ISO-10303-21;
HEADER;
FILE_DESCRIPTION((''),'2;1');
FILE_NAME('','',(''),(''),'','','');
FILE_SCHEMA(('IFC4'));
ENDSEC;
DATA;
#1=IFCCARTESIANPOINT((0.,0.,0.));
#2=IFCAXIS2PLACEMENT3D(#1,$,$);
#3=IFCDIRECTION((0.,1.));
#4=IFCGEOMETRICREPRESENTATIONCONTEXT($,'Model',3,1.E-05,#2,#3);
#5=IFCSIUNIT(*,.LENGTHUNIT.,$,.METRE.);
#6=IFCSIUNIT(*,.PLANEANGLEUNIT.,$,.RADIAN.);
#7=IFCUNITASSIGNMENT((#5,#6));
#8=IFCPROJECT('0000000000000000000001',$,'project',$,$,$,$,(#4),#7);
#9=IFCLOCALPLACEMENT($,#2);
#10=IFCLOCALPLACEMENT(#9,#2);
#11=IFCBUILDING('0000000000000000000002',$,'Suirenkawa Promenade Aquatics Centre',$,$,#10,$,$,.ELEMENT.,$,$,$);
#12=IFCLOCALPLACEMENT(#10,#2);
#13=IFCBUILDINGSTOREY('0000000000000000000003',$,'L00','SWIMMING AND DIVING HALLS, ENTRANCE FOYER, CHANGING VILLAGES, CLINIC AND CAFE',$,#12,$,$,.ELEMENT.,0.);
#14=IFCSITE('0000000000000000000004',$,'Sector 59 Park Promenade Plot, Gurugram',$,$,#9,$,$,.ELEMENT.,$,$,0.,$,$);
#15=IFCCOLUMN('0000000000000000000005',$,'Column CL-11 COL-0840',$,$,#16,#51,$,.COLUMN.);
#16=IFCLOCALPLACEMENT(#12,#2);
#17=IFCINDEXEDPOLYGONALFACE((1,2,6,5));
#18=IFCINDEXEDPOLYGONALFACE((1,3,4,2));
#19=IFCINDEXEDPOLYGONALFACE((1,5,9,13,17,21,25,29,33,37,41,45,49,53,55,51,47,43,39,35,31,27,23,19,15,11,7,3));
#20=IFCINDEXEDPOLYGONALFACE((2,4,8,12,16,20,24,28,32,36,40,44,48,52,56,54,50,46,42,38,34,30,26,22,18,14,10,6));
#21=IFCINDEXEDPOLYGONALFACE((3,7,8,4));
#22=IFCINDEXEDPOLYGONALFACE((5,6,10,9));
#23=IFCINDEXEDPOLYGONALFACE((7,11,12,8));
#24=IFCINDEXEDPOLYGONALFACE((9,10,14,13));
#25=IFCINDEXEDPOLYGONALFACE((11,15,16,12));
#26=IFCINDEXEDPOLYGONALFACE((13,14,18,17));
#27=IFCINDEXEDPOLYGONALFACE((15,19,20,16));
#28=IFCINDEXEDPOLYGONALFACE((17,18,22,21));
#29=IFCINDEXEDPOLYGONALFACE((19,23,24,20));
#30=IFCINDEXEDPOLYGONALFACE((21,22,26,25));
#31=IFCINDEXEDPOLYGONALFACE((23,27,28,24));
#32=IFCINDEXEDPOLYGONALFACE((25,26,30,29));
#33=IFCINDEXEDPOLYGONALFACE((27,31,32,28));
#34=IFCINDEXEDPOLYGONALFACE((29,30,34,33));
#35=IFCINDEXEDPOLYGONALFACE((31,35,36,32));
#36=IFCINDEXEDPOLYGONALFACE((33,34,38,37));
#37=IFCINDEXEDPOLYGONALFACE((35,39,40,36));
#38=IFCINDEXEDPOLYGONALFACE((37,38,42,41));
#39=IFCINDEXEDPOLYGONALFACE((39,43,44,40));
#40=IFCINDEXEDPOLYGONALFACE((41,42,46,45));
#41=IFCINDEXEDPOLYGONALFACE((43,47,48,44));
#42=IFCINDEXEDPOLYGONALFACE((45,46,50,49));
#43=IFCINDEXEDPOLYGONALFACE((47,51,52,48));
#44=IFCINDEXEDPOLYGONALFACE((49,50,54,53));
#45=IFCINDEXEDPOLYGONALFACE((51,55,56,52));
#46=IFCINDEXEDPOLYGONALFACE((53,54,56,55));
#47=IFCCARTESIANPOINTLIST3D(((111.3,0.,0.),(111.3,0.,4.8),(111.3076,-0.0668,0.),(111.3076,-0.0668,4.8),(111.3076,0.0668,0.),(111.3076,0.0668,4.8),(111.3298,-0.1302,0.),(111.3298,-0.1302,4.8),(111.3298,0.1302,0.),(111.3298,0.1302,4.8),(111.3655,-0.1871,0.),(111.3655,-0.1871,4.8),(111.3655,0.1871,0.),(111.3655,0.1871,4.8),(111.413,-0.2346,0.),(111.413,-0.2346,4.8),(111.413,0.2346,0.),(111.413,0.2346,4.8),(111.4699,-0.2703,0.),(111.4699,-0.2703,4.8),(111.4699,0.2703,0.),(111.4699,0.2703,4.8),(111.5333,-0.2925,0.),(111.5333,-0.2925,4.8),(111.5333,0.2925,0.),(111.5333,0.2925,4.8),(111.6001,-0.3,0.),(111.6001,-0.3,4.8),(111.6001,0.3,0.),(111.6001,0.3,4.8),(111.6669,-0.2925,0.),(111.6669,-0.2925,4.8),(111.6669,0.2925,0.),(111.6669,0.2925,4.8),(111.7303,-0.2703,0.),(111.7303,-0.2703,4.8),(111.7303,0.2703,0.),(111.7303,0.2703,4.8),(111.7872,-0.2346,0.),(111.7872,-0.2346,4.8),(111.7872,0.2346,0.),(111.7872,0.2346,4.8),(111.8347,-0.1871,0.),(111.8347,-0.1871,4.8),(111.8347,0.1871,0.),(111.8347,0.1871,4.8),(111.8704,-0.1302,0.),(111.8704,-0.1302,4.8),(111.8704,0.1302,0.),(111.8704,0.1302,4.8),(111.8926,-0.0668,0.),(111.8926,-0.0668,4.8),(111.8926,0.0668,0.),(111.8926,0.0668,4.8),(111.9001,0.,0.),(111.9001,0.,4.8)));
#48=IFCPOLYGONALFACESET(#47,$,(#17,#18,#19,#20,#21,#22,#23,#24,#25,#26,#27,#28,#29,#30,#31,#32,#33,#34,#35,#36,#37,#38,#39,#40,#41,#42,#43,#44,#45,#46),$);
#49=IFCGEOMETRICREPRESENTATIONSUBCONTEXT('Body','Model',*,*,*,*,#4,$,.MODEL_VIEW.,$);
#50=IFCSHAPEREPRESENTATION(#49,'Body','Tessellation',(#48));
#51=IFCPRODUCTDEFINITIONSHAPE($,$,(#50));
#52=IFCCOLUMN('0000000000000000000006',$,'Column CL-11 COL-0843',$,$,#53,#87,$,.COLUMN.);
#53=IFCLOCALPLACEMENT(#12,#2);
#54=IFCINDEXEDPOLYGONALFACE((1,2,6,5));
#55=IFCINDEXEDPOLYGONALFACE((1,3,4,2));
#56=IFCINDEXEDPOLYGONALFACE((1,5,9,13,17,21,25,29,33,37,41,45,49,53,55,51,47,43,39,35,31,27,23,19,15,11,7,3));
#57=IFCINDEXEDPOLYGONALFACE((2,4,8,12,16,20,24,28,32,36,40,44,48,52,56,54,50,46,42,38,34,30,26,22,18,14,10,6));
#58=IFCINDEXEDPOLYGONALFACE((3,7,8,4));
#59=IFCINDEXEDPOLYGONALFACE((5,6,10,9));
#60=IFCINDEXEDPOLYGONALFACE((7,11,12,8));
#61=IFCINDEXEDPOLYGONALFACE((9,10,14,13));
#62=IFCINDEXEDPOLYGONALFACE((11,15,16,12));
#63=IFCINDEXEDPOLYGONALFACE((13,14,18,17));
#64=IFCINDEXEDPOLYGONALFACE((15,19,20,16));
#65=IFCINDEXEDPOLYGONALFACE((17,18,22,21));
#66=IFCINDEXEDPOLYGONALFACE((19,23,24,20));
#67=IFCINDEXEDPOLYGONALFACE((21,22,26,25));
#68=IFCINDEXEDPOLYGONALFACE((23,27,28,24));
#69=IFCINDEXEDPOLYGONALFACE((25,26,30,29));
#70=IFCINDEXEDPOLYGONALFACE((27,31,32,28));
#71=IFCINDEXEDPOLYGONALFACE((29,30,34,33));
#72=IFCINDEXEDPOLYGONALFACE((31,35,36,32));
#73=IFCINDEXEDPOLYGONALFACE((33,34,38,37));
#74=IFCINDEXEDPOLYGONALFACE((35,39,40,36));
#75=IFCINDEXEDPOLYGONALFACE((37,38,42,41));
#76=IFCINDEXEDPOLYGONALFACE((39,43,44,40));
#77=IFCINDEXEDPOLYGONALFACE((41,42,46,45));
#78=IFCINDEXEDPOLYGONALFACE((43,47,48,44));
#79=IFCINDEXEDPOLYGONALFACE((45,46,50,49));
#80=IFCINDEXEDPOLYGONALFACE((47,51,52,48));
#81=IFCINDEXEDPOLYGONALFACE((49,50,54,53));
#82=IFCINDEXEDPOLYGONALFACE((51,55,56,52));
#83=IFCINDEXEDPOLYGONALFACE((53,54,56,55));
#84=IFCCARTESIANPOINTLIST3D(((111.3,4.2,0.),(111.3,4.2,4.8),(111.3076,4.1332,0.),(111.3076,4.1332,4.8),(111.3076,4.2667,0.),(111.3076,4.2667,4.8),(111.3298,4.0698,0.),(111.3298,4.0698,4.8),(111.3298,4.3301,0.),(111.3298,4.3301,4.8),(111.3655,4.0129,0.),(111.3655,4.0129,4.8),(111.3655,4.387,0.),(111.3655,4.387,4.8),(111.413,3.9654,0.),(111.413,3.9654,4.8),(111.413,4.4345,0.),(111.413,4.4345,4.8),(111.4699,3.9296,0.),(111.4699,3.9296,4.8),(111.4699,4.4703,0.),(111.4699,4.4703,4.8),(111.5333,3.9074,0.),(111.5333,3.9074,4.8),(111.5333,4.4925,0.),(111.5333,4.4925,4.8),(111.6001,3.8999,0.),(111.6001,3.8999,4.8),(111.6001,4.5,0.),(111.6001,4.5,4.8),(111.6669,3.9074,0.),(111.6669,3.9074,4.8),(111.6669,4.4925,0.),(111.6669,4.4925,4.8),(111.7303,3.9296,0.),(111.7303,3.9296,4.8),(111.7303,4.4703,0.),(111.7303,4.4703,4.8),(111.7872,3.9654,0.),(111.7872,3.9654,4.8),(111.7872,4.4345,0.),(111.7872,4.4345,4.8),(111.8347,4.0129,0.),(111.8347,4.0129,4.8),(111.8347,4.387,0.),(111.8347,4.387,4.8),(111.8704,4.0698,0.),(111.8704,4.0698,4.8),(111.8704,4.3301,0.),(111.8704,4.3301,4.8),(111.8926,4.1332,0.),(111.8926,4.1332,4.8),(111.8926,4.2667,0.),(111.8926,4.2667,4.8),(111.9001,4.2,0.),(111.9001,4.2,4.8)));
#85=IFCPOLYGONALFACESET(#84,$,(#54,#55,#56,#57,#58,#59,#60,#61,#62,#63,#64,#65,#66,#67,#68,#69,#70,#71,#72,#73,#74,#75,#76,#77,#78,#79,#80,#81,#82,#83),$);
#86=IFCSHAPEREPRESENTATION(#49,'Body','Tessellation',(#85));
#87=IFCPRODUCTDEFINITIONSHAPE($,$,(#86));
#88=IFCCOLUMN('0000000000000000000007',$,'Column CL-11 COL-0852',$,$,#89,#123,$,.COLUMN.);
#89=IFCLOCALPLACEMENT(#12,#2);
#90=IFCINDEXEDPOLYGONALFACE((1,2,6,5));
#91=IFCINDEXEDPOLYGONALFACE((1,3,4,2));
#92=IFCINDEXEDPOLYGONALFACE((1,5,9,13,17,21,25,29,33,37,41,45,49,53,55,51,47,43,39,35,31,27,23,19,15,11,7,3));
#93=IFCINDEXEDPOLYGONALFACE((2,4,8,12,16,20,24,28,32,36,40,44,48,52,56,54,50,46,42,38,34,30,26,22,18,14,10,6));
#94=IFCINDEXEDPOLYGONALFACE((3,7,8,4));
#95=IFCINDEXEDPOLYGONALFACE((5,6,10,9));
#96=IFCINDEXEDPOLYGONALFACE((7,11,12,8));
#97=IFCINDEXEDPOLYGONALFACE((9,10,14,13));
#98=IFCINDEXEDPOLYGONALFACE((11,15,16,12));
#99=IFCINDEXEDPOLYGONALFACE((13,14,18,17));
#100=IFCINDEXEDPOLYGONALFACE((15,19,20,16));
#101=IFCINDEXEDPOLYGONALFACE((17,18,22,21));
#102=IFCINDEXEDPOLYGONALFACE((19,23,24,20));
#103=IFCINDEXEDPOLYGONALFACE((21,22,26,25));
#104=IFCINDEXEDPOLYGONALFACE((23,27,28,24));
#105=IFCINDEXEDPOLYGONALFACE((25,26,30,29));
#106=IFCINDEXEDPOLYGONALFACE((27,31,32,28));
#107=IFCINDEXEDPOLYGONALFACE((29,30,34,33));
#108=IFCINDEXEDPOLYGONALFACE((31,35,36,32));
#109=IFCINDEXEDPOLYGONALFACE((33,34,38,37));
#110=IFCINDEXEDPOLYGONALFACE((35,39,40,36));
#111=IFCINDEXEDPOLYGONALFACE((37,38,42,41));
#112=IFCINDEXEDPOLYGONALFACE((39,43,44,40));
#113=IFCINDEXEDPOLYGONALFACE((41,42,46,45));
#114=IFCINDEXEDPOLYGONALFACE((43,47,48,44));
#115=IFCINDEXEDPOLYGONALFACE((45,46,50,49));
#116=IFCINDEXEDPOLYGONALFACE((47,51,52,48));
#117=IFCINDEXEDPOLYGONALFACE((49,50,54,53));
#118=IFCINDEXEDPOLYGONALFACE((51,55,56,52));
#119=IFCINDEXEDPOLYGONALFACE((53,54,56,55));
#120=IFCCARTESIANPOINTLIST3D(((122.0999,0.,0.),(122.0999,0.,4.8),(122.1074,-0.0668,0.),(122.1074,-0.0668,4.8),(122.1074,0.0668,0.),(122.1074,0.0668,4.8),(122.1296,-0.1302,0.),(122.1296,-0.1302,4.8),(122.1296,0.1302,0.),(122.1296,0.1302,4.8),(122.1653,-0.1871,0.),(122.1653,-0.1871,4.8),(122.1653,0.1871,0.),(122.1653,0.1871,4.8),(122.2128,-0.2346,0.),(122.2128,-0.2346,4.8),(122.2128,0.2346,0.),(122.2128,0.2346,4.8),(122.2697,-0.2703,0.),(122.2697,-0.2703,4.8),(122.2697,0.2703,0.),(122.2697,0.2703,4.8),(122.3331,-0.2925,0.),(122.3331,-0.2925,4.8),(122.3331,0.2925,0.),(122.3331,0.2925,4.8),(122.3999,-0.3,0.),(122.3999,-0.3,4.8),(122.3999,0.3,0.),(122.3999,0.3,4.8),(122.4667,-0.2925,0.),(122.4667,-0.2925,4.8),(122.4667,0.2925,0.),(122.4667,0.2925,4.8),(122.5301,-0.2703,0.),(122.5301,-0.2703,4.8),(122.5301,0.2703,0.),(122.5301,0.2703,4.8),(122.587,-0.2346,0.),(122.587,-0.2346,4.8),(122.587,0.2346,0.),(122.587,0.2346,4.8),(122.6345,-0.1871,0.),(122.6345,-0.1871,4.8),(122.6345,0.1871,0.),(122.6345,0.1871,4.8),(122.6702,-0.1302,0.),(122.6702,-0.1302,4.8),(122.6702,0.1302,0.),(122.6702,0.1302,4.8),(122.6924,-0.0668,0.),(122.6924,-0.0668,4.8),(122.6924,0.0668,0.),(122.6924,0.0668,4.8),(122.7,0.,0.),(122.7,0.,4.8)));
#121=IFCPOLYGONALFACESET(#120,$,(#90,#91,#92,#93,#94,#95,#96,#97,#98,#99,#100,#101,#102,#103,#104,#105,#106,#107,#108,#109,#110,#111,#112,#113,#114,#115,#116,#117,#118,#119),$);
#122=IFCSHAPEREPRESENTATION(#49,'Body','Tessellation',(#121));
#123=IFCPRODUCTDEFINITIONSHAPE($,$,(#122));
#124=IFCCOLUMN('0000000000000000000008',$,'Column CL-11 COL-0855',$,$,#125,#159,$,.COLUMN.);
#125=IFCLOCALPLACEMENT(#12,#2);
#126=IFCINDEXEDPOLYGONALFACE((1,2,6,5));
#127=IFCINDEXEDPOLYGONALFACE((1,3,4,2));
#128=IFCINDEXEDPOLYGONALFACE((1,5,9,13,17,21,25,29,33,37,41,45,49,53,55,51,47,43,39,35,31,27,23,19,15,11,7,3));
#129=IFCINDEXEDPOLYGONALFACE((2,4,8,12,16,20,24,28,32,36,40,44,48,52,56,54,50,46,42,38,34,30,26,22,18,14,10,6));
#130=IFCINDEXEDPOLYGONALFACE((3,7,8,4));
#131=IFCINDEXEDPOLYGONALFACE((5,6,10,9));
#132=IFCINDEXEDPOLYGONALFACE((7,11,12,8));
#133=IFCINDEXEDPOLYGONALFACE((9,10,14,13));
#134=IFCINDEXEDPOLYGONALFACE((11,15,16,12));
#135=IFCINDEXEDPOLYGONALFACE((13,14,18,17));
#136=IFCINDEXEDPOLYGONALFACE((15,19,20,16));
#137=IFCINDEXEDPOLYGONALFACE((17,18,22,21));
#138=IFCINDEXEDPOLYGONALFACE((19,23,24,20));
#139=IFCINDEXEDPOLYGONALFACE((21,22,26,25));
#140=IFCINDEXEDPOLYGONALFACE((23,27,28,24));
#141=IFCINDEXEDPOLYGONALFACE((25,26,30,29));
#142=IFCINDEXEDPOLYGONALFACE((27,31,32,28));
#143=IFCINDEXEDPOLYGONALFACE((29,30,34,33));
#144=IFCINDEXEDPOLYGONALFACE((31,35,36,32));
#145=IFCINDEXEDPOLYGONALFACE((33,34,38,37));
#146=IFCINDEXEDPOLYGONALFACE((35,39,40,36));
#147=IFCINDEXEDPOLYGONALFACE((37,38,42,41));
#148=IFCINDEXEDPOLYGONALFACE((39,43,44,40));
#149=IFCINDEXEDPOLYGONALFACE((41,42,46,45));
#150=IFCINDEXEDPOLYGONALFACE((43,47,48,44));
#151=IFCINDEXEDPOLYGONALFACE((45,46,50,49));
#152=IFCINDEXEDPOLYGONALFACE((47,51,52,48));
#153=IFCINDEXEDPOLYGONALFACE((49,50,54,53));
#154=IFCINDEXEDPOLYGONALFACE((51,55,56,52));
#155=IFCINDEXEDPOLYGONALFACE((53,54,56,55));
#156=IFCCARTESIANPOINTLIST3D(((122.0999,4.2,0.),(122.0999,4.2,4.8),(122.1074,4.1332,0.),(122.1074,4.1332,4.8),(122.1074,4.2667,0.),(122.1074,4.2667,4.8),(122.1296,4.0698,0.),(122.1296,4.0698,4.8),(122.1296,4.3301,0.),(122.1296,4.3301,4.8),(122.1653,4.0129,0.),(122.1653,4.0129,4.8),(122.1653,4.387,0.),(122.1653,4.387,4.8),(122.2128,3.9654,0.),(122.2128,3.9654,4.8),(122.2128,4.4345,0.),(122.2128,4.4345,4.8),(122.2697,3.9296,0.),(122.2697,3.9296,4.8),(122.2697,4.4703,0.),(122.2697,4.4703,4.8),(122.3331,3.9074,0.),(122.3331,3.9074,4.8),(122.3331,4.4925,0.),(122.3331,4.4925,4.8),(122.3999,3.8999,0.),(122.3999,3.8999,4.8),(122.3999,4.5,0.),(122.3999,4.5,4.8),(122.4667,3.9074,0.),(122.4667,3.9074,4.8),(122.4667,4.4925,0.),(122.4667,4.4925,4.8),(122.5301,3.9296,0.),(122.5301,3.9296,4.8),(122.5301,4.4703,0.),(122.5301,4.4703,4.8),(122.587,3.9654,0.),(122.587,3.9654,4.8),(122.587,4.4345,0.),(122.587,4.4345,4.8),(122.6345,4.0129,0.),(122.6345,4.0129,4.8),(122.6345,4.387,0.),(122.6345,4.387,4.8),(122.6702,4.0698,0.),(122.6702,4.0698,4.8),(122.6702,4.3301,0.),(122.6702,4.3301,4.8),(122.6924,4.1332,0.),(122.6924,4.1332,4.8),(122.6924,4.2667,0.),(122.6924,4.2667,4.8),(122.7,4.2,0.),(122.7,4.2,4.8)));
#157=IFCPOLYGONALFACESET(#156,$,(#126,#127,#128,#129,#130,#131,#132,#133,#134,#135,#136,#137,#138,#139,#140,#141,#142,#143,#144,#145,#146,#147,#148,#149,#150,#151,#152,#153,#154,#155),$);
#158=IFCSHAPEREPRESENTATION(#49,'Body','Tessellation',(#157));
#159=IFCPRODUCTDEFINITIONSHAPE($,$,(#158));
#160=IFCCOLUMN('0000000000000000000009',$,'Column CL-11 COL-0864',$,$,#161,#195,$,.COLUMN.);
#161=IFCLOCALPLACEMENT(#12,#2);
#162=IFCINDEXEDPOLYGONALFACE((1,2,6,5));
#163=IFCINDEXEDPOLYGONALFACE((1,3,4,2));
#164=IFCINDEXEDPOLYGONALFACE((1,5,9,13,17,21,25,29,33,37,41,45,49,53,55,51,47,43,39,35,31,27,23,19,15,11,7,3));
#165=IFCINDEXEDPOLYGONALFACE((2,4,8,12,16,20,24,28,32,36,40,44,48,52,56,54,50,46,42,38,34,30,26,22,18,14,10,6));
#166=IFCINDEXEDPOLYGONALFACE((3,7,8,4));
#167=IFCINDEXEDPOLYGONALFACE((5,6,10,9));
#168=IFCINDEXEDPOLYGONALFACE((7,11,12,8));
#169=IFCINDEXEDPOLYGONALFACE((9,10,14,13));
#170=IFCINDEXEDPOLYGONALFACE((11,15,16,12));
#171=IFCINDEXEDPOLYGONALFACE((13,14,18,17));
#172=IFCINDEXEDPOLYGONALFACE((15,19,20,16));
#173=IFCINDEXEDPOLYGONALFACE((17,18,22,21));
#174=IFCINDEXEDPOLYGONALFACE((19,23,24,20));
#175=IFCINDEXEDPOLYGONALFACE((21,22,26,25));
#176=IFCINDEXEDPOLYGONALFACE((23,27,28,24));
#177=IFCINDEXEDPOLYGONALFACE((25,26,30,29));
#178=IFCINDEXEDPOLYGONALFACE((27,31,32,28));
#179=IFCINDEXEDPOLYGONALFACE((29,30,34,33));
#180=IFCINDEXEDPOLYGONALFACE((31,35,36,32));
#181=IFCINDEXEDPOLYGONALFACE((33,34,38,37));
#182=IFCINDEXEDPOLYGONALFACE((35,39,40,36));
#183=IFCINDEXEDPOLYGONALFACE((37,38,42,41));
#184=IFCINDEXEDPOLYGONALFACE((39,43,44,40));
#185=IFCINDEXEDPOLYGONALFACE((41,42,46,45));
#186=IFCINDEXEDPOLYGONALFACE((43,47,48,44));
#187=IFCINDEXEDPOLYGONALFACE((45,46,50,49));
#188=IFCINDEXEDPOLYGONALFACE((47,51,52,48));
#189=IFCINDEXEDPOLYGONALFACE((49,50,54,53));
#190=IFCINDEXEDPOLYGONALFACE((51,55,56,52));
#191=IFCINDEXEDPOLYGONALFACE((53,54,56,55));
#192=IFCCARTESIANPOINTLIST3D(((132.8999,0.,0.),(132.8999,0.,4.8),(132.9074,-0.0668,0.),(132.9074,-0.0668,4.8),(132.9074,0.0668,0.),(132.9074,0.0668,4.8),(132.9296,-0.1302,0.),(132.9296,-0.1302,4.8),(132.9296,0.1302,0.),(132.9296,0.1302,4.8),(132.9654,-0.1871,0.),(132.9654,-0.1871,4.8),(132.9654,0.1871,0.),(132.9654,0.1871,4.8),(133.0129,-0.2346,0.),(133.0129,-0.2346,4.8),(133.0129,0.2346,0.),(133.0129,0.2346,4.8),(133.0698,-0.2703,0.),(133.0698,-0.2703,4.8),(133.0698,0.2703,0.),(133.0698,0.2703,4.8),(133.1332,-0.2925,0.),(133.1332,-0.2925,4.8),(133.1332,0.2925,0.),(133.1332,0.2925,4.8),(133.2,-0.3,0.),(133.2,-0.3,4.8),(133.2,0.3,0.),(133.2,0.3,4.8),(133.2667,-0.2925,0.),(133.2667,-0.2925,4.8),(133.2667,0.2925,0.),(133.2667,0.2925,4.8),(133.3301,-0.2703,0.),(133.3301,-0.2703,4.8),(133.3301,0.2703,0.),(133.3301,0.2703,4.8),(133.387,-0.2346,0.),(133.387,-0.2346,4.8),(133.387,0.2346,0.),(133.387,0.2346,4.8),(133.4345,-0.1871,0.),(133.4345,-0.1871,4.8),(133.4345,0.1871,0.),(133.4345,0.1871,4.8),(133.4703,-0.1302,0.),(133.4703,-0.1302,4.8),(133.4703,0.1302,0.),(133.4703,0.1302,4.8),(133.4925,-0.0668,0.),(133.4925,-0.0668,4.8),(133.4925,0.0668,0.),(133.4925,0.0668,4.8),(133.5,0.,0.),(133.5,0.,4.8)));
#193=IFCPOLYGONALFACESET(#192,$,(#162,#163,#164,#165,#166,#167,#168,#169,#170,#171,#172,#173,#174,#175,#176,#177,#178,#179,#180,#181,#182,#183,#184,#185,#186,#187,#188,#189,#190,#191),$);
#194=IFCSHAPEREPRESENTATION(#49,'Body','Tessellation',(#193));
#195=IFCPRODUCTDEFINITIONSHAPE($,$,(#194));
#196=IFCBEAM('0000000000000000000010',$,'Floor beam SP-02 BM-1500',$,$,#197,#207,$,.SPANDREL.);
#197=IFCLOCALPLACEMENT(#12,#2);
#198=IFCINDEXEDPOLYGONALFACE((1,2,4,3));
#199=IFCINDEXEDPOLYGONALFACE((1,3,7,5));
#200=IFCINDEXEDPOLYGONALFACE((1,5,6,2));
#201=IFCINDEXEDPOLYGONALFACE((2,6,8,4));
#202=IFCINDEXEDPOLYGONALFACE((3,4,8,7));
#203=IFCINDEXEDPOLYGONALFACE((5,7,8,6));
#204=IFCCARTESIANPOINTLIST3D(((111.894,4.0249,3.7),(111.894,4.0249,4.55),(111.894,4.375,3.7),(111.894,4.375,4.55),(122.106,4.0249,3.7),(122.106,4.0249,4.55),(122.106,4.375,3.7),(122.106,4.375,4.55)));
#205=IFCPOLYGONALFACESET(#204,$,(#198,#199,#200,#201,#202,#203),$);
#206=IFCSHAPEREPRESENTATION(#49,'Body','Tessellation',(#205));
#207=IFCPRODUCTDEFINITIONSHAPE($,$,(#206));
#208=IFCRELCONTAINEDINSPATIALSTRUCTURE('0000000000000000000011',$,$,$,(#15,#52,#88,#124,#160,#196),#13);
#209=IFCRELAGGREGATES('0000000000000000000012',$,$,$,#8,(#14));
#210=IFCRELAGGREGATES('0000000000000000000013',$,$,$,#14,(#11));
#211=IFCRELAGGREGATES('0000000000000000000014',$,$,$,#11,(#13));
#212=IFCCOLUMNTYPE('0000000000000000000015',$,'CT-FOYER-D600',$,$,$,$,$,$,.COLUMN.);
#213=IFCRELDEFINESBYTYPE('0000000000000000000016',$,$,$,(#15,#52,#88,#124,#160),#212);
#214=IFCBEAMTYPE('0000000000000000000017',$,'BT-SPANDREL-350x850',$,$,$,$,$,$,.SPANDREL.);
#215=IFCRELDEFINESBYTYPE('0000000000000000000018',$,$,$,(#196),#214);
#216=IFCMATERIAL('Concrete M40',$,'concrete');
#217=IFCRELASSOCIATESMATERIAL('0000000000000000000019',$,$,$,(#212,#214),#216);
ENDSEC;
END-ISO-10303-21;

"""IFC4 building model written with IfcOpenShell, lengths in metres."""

from ifc_helpers import new_model, si_unit, direction, frame, origin, origin_2d, place, context, subcontext, project, spatial, rectangle, circle, extrude, material, material_profile, profile_set, type_object, element, save


model = new_model("IFC4")

# Units and contexts
model_context = context("Model", 3, precision=1e-05, world=origin(), true_north=direction((0.0, 1.0)))
body_context = subcontext(model_context, "Body", "Model", "MODEL_VIEW")
ifc_project = project(units=[si_unit("LENGTHUNIT", "METRE"), si_unit("PLANEANGLEUNIT", "RADIAN")], contexts=[model_context])

# Site, building, storey
site_placement = place(None, origin())
site = spatial("IfcSite", under=ifc_project, at=site_placement, Name="Sector 59 Park Promenade Plot, Gurugram", CompositionType="ELEMENT", RefElevation=0.0)
building_placement = place(site_placement, origin())
building = spatial("IfcBuilding", under=site, at=building_placement, Name="Suirenkawa Promenade Aquatics Centre", CompositionType="ELEMENT")
storey_placement = place(building_placement, origin())
storey = spatial("IfcBuildingStorey", under=building, at=storey_placement, Name="L00", Description="SWIMMING AND DIVING HALLS, ENTRANCE FOYER, CHANGING VILLAGES, CLINIC AND CAFE", CompositionType="ELEMENT", Elevation=0.0)

# Columns
ifc_material_1 = material(Name="Concrete M40", Category="concrete")
ifc_material_profile_1 = material_profile(ifc_material_1, circle(Radius=0.3, at=origin_2d()), Name="RC FOYER D600", Category="concrete")
ifc_profile_set_1 = profile_set([ifc_material_profile_1], Name="Concrete M40")
column_type = type_object("IfcColumnType", Name="CT-FOYER-D600", PredefinedType="COLUMN", material=ifc_profile_set_1)
for number, where, z_axis, x_axis, name in (
    (1, (111.6001, 0.0, 0.0), (0.0, 0.0, 1.0), (1.0, 0.0, 0.0), "Column CL-11 COL-0840"),
    (2, (111.6001, 4.2, 0.0), (0.0, 0.0, 1.0), (1.0, 0.0, 0.0), "Column CL-11 COL-0843"),
    (3, (122.3999, 0.0, 0.0), (0.0, 0.0, 1.0), (1.0, 0.0, 0.0), "Column CL-11 COL-0852"),
    (4, (122.3999, 4.2, 0.0), (0.0, 0.0, 1.0), (1.0, 0.0, 0.0), "Column CL-11 COL-0855"),
    (5, (133.2, 0.0, 0.0), (0.0, 0.0, 1.0), (1.0, 0.0, 0.0), "Column CL-11 COL-0864"),
):
    element("IfcColumn", number, at=place(storey_placement, frame(where, z_axis=z_axis, x_axis=x_axis)), inside=storey, type_object=column_type, Name=name, PredefinedType="COLUMN", context=body_context, shape_type="SweptSolid", body=[
        extrude(circle(Radius=0.3, at=origin_2d()), origin(), (0.0, 0.0, 1.0), 4.8),
    ])

# Beam
ifc_material_profile_2 = material_profile(ifc_material_1, rectangle(XDim=0.3501, YDim=0.8501, at=origin_2d()), Name="RC SPANDREL 350x850", Category="concrete")
ifc_profile_set_2 = profile_set([ifc_material_profile_2], Name="Concrete M40")
beam_type = type_object("IfcBeamType", Name="BT-SPANDREL-350x850", PredefinedType="SPANDREL", material=ifc_profile_set_2)
for number, where, z_axis, x_axis, name in (
    (6, (111.894, 4.2, 4.125), (1.0, 0.0, 0.0), (0.0, 1.0, 0.0), "Floor beam SP-02 BM-1500"),
):
    element("IfcBeam", number, at=place(storey_placement, frame(where, z_axis=z_axis, x_axis=x_axis)), inside=storey, type_object=beam_type, Name=name, PredefinedType="SPANDREL", context=body_context, shape_type="SweptSolid", body=[
        extrude(rectangle(XDim=0.3501, YDim=0.8501, at=origin_2d()), origin(), (0.0, 0.0, 1.0), 10.2119),
    ])

save(model, "model.ifc")
